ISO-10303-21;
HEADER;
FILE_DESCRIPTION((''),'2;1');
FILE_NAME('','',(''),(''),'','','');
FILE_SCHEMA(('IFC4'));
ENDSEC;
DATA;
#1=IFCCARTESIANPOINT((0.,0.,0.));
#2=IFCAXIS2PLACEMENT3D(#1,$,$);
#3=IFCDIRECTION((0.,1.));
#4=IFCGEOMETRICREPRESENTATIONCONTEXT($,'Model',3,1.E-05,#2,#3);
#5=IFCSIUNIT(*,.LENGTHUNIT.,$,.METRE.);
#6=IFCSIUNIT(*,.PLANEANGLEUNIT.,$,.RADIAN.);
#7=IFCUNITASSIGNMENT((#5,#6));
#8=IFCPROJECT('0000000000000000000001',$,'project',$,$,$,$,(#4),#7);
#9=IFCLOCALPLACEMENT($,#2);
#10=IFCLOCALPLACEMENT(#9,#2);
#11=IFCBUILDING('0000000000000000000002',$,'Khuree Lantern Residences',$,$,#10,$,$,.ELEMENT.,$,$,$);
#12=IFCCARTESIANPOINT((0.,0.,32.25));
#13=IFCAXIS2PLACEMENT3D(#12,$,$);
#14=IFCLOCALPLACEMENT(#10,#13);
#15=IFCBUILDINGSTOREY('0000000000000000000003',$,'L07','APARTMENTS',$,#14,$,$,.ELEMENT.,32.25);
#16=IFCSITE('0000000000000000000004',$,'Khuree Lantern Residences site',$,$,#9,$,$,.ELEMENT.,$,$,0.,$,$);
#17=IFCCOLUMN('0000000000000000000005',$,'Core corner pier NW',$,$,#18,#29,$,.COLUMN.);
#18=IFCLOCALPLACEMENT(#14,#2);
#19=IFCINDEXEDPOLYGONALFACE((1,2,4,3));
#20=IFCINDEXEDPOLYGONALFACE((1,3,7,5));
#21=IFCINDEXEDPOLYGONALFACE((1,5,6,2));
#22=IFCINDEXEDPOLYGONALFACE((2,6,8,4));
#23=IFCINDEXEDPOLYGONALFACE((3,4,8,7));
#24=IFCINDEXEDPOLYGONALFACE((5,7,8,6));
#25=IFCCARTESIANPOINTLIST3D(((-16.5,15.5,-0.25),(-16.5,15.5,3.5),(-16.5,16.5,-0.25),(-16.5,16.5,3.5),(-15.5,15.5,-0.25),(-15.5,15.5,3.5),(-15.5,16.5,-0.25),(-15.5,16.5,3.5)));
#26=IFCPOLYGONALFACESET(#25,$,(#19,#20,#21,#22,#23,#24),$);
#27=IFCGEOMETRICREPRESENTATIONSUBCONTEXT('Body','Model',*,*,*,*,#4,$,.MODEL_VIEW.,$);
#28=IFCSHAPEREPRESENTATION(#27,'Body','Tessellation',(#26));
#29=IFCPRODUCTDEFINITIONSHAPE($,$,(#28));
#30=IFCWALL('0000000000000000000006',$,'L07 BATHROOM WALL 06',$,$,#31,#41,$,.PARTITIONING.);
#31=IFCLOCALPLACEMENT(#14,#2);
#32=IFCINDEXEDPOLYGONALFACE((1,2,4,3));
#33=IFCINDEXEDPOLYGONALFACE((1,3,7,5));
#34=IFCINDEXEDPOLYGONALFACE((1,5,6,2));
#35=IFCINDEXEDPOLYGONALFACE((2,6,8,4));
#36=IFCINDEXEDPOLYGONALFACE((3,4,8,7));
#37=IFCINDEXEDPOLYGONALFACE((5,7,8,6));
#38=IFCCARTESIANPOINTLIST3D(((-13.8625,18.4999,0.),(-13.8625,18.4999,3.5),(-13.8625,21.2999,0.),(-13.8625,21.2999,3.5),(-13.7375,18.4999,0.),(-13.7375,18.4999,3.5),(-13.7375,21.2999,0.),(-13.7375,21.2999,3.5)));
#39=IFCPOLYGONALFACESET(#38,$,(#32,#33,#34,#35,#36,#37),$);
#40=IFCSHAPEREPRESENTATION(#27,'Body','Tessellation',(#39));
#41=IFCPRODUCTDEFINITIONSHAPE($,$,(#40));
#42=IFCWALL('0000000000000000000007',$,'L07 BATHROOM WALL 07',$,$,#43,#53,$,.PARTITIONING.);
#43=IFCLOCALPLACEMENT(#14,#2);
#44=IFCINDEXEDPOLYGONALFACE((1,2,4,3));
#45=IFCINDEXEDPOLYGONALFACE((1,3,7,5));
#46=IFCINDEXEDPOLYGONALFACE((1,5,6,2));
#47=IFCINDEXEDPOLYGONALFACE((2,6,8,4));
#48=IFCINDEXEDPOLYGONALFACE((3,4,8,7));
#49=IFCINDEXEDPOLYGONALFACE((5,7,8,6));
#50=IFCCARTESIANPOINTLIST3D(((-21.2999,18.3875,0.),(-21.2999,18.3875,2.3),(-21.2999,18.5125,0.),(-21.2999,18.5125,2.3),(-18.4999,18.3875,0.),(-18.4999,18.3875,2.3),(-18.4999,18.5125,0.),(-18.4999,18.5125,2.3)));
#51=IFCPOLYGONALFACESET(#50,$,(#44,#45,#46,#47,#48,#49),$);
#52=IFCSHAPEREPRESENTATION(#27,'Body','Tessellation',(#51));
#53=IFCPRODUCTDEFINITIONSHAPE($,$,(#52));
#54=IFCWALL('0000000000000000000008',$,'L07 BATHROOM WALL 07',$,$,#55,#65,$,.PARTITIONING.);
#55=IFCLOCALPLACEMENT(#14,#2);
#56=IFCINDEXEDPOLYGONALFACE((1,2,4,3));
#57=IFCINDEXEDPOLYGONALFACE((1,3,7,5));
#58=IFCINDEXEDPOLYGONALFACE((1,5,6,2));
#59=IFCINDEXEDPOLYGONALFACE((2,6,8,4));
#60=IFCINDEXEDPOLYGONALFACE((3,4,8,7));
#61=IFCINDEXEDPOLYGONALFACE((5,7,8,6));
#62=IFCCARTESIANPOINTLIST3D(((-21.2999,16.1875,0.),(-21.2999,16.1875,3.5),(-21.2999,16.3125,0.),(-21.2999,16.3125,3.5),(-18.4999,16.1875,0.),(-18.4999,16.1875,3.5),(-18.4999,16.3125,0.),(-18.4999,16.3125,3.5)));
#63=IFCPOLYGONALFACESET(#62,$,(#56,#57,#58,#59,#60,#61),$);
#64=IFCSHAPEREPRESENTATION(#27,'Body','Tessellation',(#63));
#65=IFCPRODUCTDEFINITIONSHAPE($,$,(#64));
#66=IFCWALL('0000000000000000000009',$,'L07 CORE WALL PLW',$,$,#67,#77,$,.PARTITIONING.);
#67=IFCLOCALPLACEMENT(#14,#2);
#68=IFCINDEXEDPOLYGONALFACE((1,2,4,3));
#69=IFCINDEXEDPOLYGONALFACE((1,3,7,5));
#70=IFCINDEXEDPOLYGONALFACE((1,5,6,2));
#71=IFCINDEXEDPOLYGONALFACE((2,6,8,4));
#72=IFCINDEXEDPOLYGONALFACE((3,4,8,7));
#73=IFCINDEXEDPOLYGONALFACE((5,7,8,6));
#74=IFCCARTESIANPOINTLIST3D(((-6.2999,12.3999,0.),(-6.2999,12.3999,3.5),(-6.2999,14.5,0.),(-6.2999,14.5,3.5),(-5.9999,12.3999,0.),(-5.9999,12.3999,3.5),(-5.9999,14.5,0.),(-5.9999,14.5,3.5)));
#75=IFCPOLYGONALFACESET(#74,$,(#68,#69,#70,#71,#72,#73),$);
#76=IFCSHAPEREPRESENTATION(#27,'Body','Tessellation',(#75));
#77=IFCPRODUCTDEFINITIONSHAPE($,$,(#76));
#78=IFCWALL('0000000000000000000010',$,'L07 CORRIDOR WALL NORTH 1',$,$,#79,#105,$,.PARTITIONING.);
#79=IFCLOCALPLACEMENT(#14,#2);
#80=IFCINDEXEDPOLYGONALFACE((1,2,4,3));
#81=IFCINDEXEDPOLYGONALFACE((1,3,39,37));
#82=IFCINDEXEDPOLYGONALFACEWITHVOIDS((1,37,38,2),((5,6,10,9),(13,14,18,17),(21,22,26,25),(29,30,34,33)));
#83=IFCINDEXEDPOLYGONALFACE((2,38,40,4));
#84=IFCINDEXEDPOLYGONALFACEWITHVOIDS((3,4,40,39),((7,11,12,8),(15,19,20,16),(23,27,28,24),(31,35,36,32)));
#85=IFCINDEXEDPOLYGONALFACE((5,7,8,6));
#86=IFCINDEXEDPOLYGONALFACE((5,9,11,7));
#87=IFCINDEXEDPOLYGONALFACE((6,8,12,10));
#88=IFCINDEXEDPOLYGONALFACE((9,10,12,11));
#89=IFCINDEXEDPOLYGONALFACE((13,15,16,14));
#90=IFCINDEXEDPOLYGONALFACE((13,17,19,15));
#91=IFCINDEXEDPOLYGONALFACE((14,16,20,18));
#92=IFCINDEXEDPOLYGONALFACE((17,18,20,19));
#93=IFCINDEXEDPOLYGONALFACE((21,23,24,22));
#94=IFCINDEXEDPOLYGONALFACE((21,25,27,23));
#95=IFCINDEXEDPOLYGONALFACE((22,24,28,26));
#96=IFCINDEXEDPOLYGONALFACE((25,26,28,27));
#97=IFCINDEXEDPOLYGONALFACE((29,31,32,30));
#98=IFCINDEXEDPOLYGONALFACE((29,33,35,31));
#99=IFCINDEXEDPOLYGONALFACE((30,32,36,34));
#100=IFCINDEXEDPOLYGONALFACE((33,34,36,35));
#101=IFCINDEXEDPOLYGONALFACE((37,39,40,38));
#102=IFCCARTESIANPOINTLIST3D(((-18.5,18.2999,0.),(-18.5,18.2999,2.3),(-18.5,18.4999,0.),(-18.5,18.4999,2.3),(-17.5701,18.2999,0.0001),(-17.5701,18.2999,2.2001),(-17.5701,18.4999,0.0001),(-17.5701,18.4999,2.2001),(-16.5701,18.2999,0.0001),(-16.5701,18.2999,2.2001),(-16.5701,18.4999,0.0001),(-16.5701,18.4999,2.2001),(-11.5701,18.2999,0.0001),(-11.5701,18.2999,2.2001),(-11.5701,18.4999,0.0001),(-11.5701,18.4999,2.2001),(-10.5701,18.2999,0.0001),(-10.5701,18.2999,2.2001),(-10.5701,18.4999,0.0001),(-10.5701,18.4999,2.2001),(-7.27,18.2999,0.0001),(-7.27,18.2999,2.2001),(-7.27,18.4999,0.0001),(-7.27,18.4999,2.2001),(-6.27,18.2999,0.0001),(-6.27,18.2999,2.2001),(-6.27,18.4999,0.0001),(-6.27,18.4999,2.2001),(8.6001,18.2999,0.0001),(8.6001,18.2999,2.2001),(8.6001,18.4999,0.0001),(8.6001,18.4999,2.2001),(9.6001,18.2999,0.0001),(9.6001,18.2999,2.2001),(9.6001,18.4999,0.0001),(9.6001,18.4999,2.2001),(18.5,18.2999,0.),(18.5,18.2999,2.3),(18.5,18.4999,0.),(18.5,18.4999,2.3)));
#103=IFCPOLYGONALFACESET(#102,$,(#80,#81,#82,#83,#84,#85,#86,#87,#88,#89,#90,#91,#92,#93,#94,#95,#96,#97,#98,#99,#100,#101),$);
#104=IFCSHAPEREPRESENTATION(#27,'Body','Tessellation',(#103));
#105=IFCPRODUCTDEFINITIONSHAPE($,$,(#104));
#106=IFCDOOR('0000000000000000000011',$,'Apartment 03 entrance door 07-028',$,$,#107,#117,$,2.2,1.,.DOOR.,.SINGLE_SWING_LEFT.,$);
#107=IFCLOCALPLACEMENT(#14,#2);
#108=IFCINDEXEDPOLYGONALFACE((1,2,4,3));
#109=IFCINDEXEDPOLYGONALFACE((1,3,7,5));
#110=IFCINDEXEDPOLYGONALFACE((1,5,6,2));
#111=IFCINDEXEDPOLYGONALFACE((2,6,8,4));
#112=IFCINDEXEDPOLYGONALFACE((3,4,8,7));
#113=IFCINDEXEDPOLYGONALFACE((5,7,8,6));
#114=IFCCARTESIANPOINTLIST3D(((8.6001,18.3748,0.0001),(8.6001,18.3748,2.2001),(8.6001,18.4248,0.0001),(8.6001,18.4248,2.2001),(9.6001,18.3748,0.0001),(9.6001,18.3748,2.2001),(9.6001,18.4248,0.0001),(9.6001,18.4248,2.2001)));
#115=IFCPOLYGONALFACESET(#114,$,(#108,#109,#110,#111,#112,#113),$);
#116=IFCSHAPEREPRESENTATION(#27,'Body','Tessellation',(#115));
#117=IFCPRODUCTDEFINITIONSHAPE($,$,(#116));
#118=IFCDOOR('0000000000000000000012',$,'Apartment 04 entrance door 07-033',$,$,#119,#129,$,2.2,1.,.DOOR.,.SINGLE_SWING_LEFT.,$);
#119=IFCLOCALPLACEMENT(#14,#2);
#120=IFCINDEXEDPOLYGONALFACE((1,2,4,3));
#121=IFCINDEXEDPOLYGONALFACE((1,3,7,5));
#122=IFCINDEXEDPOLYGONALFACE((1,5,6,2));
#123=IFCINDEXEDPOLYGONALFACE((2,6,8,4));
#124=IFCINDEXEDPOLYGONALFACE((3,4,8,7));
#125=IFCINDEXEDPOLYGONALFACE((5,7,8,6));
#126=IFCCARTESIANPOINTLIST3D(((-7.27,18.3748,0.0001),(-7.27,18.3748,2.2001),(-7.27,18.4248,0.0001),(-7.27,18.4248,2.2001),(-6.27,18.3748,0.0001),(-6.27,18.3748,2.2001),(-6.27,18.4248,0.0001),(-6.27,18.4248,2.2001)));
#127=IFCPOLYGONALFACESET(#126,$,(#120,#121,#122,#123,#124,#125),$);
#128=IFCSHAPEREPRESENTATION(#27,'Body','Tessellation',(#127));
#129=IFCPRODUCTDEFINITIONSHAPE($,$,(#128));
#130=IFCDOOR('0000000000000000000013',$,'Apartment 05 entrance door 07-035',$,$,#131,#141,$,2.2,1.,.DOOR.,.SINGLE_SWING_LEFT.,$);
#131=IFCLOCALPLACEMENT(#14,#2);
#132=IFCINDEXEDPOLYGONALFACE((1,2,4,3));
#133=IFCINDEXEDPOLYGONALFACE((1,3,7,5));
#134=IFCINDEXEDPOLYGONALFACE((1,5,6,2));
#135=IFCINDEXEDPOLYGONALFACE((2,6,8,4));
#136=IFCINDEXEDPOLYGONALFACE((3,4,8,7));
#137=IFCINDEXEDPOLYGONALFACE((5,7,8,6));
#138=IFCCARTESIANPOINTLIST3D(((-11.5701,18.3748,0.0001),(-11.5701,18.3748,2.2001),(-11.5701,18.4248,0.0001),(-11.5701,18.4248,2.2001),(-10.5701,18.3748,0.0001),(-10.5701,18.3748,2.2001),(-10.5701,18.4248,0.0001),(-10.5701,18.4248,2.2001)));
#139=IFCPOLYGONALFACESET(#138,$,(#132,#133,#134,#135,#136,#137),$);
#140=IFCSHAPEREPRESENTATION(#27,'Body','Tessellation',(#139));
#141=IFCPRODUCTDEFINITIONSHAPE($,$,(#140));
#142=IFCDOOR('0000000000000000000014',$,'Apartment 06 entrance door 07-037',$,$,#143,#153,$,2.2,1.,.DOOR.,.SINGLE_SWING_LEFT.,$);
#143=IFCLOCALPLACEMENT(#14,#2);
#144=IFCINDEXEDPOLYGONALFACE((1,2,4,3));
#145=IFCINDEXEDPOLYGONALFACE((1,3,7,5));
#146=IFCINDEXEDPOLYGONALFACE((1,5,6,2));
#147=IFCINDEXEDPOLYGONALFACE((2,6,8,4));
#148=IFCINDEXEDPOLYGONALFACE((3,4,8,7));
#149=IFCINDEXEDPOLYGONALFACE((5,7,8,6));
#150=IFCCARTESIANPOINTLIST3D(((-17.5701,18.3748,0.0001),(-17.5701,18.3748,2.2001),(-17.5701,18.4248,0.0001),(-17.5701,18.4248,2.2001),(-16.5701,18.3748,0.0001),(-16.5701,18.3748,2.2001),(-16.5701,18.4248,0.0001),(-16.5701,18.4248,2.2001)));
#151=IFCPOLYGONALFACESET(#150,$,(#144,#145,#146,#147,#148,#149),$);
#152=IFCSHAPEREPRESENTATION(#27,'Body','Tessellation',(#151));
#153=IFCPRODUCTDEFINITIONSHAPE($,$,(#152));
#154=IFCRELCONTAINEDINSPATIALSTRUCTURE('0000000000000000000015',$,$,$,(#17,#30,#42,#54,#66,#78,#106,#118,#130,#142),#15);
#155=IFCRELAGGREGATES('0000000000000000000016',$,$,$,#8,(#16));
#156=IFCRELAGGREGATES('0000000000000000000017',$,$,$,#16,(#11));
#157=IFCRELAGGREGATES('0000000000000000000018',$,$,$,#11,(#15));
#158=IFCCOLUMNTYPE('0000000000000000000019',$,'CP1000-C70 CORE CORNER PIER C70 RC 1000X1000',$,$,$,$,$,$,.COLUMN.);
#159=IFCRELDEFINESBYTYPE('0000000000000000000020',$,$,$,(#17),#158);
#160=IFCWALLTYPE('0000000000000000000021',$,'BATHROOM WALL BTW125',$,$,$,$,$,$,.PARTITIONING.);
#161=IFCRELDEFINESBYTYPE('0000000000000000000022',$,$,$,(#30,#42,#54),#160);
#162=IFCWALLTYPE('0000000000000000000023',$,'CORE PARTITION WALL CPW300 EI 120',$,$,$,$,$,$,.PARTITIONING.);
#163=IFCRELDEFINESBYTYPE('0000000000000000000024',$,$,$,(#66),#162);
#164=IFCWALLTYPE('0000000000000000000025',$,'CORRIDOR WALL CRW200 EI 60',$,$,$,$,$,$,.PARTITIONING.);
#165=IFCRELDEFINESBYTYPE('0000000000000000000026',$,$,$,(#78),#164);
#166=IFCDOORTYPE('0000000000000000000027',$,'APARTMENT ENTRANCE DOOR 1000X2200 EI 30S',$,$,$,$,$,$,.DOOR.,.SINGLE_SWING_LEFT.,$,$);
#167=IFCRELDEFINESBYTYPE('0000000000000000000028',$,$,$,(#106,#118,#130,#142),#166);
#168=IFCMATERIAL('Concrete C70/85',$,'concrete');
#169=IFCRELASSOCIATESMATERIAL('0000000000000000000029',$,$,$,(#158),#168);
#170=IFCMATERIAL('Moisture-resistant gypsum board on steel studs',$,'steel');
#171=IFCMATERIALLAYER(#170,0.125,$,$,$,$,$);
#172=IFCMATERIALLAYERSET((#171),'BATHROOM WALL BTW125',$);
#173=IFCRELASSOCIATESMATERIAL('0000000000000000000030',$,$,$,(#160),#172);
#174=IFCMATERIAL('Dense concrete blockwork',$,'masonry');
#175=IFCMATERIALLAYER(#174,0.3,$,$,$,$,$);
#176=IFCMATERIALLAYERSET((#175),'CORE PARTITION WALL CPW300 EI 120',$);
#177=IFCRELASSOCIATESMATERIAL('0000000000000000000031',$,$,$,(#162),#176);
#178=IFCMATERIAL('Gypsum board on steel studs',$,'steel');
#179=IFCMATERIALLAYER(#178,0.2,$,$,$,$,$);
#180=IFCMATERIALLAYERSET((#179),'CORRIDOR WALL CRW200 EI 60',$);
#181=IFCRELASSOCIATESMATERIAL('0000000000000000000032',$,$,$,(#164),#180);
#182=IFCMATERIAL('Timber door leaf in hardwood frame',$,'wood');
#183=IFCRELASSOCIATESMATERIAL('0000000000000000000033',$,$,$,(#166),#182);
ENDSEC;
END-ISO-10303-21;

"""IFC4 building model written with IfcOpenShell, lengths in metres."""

from ifc_helpers import new_model, si_unit, direction, frame, frame_2d, origin, origin_2d, place, context, subcontext, project, spatial, rectangle, extrude, material, layer, layer_set, material_profile, profile_set, type_object, element, fill, save


model = new_model("IFC4")

# Units and contexts
model_context = context("Model", 3, precision=1e-05, world=origin(), true_north=direction((0.0, 1.0)))
body_context = subcontext(model_context, "Body", "Model", "MODEL_VIEW")
ifc_project = project(units=[si_unit("LENGTHUNIT", "METRE"), si_unit("PLANEANGLEUNIT", "RADIAN")], contexts=[model_context])

# Site, building, storey
site_placement = place(None, origin())
site = spatial("IfcSite", under=ifc_project, at=site_placement, Name="Khuree Lantern Residences site", CompositionType="ELEMENT", RefElevation=0.0)
building_placement = place(site_placement, origin())
building = spatial("IfcBuilding", under=site, at=building_placement, Name="Khuree Lantern Residences", CompositionType="ELEMENT")
storey_placement = place(building_placement, frame((0.0, 0.0, 32.25)))
storey = spatial("IfcBuildingStorey", under=building, at=storey_placement, Name="L07", Description="APARTMENTS", CompositionType="ELEMENT", Elevation=32.25)

# Column
ifc_material_1 = material(Name="Concrete C70/85", Category="concrete")
ifc_material_profile = material_profile(ifc_material_1, rectangle(XDim=1.0, YDim=1.0, at=origin_2d()), Name="RC 1000X1000")
ifc_profile_set = profile_set([ifc_material_profile], Name="Concrete C70/85")
column_type = type_object("IfcColumnType", Name="CP1000-C70 CORE CORNER PIER C70 RC 1000X1000", PredefinedType="COLUMN", material=ifc_profile_set)
column_placement = place(storey_placement, frame((-16.0, 16.0, -0.25), z_axis=(0.0, 0.0, 1.0), x_axis=(1.0, 0.0, 0.0)))
element("IfcColumn", 1, at=column_placement, inside=storey, type_object=column_type, Name="Core corner pier NW", PredefinedType="COLUMN", context=body_context, shape_type="SweptSolid", body=[
    extrude(rectangle(XDim=1.0, YDim=1.0, at=origin_2d()), origin(), (0.0, 0.0, 1.0), 3.75),
])

# Walls
ifc_material_2 = material(Name="Moisture-resistant gypsum board on steel studs", Category="steel")
ifc_layer_1 = layer(ifc_material_2, 0.125)
ifc_layer_set_1 = layer_set([ifc_layer_1], Name="BATHROOM WALL BTW125")
wall_type_1 = type_object("IfcWallType", Name="BATHROOM WALL BTW125", PredefinedType="PARTITIONING", material=ifc_layer_set_1)
wall_1_placement = place(storey_placement, frame((-13.8, 18.5, 0.0), z_axis=(0.0, 0.0, 1.0), x_axis=(0.0, 1.0, 0.0)))
element("IfcWall", 2, at=wall_1_placement, inside=storey, type_object=wall_type_1, Name="L07 BATHROOM WALL 06", PredefinedType="PARTITIONING", context=body_context, shape_type="SweptSolid", body=[
    extrude(rectangle(XDim=2.8, YDim=0.125, at=frame_2d((1.3999, 0.0))), origin(), (0.0, 0.0, 1.0), 3.5),
])
wall_2_placement = place(storey_placement, frame((-18.5, 18.45, 0.0), z_axis=(0.0, 0.0, 1.0), x_axis=(-1.0, 0.0, 0.0)))
element("IfcWall", 3, at=wall_2_placement, inside=storey, type_object=wall_type_1, Name="L07 BATHROOM WALL 07", PredefinedType="PARTITIONING", context=body_context, shape_type="SweptSolid", body=[
    extrude(rectangle(XDim=2.8, YDim=0.125, at=frame_2d((1.3999, 0.0))), origin(), (0.0, 0.0, 1.0), 2.3),
])
wall_3_placement = place(storey_placement, frame((-18.5, 16.25, 0.0), z_axis=(0.0, 0.0, 1.0), x_axis=(-1.0, 0.0, 0.0)))
element("IfcWall", 4, at=wall_3_placement, inside=storey, type_object=wall_type_1, Name="L07 BATHROOM WALL 07", PredefinedType="PARTITIONING", context=body_context, shape_type="SweptSolid", body=[
    extrude(rectangle(XDim=2.8, YDim=0.125, at=frame_2d((1.3999, 0.0))), origin(), (0.0, 0.0, 1.0), 3.5),
])
ifc_material_3 = material(Name="Dense concrete blockwork", Category="masonry")
ifc_layer_2 = layer(ifc_material_3, 0.3)
ifc_layer_set_2 = layer_set([ifc_layer_2], Name="CORE PARTITION WALL CPW300 EI 120")
wall_type_2 = type_object("IfcWallType", Name="CORE PARTITION WALL CPW300 EI 120", PredefinedType="PARTITIONING", material=ifc_layer_set_2)
wall_4_placement = place(storey_placement, frame((-6.1499, 12.3999, 0.0), z_axis=(0.0, 0.0, 1.0), x_axis=(0.0, 1.0, 0.0)))
element("IfcWall", 5, at=wall_4_placement, inside=storey, type_object=wall_type_2, Name="L07 CORE WALL PLW", PredefinedType="PARTITIONING", context=body_context, shape_type="SweptSolid", body=[
    extrude(rectangle(XDim=2.1001, YDim=0.3, at=frame_2d((1.05, 0.0))), origin(), (0.0, 0.0, 1.0), 3.5),
])

# Wall, openings, doors
ifc_material_4 = material(Name="Gypsum board on steel studs", Category="steel")
ifc_layer_3 = layer(ifc_material_4, 0.2)
ifc_layer_set_3 = layer_set([ifc_layer_3], Name="CORRIDOR WALL CRW200 EI 60")
wall_type_3 = type_object("IfcWallType", Name="CORRIDOR WALL CRW200 EI 60", PredefinedType="PARTITIONING", material=ifc_layer_set_3)
wall_5_placement = place(storey_placement, frame((-18.5, 18.3999, 0.0), z_axis=(0.0, 0.0, 1.0), x_axis=(1.0, 0.0, 0.0)))
wall_5 = element("IfcWall", 6, at=wall_5_placement, inside=storey, type_object=wall_type_3, Name="L07 CORRIDOR WALL NORTH 1", PredefinedType="PARTITIONING", context=body_context, shape_type="SweptSolid", body=[
    extrude(rectangle(XDim=37.0, YDim=0.2, at=frame_2d((18.5, 0.0))), origin(), (0.0, 0.0, 1.0), 2.3),
])
opening_1_placement = place(wall_5_placement, frame((27.1001, 0.0, 0.0)))
opening_1 = element("IfcOpeningElement", 7, at=opening_1_placement, cuts=wall_5, PredefinedType="OPENING", context=body_context, shape_type="SweptSolid", body=[
    extrude(rectangle(XDim=1.0, YDim=2.2, at=frame_2d((0.5, 1.1001))), frame((0.0, 0.1099, 0.0), z_axis=(0.0, -1.0, 0.0), x_axis=(1.0, 0.0, 0.0)), (0.0, 0.0, 1.0), 0.22),
])
opening_2_placement = place(wall_5_placement, frame((11.23, 0.0, 0.0)))
opening_2 = element("IfcOpeningElement", 8, at=opening_2_placement, cuts=wall_5, PredefinedType="OPENING", context=body_context, shape_type="SweptSolid", body=[
    extrude(rectangle(XDim=1.0, YDim=2.2, at=frame_2d((0.5, 1.1001))), frame((0.0, 0.1099, 0.0), z_axis=(0.0, -1.0, 0.0), x_axis=(1.0, 0.0, 0.0)), (0.0, 0.0, 1.0), 0.22),
])
opening_3_placement = place(wall_5_placement, frame((6.9299, 0.0, 0.0)))
opening_3 = element("IfcOpeningElement", 9, at=opening_3_placement, cuts=wall_5, PredefinedType="OPENING", context=body_context, shape_type="SweptSolid", body=[
    extrude(rectangle(XDim=1.0, YDim=2.2, at=frame_2d((0.5, 1.1001))), frame((0.0, 0.1099, 0.0), z_axis=(0.0, -1.0, 0.0), x_axis=(1.0, 0.0, 0.0)), (0.0, 0.0, 1.0), 0.22),
])
opening_4_placement = place(wall_5_placement, frame((0.9299, 0.0, 0.0)))
opening_4 = element("IfcOpeningElement", 10, at=opening_4_placement, cuts=wall_5, PredefinedType="OPENING", context=body_context, shape_type="SweptSolid", body=[
    extrude(rectangle(XDim=1.0, YDim=2.2, at=frame_2d((0.5, 1.1001))), frame((0.0, 0.1099, 0.0), z_axis=(0.0, -1.0, 0.0), x_axis=(1.0, 0.0, 0.0)), (0.0, 0.0, 1.0), 0.22),
])
ifc_material_5 = material(Name="Timber door leaf in hardwood frame", Category="wood")
door_type_1 = type_object("IfcDoorType", Name="APARTMENT ENTRANCE DOOR 1000X2200 EI 30S", OperationType="SINGLE_SWING_LEFT", PredefinedType="DOOR", material=ifc_material_5)
door_1_placement = place(opening_1_placement, origin())
door_1 = element("IfcDoor", 11, at=door_1_placement, inside=storey, type_object=door_type_1, Name="Apartment 03 entrance door 07-028", OperationType="SINGLE_SWING_LEFT", OverallHeight=2.2, OverallWidth=1.0, PredefinedType="DOOR", context=body_context, shape_type="SweptSolid", body=[
    extrude(rectangle(XDim=1.0, YDim=2.2, at=frame_2d((0.5, 1.1001))), frame((0.0, 0.0249, 0.0), z_axis=(0.0, -1.0, 0.0), x_axis=(1.0, 0.0, 0.0)), (0.0, 0.0, 1.0), 0.05),
])
fill(opening_1, door_1)
door_2_placement = place(opening_2_placement, origin())
door_2 = element("IfcDoor", 12, at=door_2_placement, inside=storey, type_object=door_type_1, Name="Apartment 04 entrance door 07-033", OperationType="SINGLE_SWING_LEFT", OverallHeight=2.2, OverallWidth=1.0, PredefinedType="DOOR", context=body_context, shape_type="SweptSolid", body=[
    extrude(rectangle(XDim=1.0, YDim=2.2, at=frame_2d((0.5, 1.1001))), frame((0.0, 0.0249, 0.0), z_axis=(0.0, -1.0, 0.0), x_axis=(1.0, 0.0, 0.0)), (0.0, 0.0, 1.0), 0.05),
])
fill(opening_2, door_2)
door_3_placement = place(opening_3_placement, origin())
door_3 = element("IfcDoor", 13, at=door_3_placement, inside=storey, type_object=door_type_1, Name="Apartment 05 entrance door 07-035", OperationType="SINGLE_SWING_LEFT", OverallHeight=2.2, OverallWidth=1.0, PredefinedType="DOOR", context=body_context, shape_type="SweptSolid", body=[
    extrude(rectangle(XDim=1.0, YDim=2.2, at=frame_2d((0.5, 1.1001))), frame((0.0, 0.0249, 0.0), z_axis=(0.0, -1.0, 0.0), x_axis=(1.0, 0.0, 0.0)), (0.0, 0.0, 1.0), 0.05),
])
fill(opening_3, door_3)
door_4_placement = place(opening_4_placement, origin())
door_4 = element("IfcDoor", 14, at=door_4_placement, inside=storey, type_object=door_type_1, Name="Apartment 06 entrance door 07-037", OperationType="SINGLE_SWING_LEFT", OverallHeight=2.2, OverallWidth=1.0, PredefinedType="DOOR", context=body_context, shape_type="SweptSolid", body=[
    extrude(rectangle(XDim=1.0, YDim=2.2, at=frame_2d((0.5, 1.1001))), frame((0.0, 0.0249, 0.0), z_axis=(0.0, -1.0, 0.0), x_axis=(1.0, 0.0, 0.0)), (0.0, 0.0, 1.0), 0.05),
])
fill(opening_4, door_4)

save(model, "model.ifc")
